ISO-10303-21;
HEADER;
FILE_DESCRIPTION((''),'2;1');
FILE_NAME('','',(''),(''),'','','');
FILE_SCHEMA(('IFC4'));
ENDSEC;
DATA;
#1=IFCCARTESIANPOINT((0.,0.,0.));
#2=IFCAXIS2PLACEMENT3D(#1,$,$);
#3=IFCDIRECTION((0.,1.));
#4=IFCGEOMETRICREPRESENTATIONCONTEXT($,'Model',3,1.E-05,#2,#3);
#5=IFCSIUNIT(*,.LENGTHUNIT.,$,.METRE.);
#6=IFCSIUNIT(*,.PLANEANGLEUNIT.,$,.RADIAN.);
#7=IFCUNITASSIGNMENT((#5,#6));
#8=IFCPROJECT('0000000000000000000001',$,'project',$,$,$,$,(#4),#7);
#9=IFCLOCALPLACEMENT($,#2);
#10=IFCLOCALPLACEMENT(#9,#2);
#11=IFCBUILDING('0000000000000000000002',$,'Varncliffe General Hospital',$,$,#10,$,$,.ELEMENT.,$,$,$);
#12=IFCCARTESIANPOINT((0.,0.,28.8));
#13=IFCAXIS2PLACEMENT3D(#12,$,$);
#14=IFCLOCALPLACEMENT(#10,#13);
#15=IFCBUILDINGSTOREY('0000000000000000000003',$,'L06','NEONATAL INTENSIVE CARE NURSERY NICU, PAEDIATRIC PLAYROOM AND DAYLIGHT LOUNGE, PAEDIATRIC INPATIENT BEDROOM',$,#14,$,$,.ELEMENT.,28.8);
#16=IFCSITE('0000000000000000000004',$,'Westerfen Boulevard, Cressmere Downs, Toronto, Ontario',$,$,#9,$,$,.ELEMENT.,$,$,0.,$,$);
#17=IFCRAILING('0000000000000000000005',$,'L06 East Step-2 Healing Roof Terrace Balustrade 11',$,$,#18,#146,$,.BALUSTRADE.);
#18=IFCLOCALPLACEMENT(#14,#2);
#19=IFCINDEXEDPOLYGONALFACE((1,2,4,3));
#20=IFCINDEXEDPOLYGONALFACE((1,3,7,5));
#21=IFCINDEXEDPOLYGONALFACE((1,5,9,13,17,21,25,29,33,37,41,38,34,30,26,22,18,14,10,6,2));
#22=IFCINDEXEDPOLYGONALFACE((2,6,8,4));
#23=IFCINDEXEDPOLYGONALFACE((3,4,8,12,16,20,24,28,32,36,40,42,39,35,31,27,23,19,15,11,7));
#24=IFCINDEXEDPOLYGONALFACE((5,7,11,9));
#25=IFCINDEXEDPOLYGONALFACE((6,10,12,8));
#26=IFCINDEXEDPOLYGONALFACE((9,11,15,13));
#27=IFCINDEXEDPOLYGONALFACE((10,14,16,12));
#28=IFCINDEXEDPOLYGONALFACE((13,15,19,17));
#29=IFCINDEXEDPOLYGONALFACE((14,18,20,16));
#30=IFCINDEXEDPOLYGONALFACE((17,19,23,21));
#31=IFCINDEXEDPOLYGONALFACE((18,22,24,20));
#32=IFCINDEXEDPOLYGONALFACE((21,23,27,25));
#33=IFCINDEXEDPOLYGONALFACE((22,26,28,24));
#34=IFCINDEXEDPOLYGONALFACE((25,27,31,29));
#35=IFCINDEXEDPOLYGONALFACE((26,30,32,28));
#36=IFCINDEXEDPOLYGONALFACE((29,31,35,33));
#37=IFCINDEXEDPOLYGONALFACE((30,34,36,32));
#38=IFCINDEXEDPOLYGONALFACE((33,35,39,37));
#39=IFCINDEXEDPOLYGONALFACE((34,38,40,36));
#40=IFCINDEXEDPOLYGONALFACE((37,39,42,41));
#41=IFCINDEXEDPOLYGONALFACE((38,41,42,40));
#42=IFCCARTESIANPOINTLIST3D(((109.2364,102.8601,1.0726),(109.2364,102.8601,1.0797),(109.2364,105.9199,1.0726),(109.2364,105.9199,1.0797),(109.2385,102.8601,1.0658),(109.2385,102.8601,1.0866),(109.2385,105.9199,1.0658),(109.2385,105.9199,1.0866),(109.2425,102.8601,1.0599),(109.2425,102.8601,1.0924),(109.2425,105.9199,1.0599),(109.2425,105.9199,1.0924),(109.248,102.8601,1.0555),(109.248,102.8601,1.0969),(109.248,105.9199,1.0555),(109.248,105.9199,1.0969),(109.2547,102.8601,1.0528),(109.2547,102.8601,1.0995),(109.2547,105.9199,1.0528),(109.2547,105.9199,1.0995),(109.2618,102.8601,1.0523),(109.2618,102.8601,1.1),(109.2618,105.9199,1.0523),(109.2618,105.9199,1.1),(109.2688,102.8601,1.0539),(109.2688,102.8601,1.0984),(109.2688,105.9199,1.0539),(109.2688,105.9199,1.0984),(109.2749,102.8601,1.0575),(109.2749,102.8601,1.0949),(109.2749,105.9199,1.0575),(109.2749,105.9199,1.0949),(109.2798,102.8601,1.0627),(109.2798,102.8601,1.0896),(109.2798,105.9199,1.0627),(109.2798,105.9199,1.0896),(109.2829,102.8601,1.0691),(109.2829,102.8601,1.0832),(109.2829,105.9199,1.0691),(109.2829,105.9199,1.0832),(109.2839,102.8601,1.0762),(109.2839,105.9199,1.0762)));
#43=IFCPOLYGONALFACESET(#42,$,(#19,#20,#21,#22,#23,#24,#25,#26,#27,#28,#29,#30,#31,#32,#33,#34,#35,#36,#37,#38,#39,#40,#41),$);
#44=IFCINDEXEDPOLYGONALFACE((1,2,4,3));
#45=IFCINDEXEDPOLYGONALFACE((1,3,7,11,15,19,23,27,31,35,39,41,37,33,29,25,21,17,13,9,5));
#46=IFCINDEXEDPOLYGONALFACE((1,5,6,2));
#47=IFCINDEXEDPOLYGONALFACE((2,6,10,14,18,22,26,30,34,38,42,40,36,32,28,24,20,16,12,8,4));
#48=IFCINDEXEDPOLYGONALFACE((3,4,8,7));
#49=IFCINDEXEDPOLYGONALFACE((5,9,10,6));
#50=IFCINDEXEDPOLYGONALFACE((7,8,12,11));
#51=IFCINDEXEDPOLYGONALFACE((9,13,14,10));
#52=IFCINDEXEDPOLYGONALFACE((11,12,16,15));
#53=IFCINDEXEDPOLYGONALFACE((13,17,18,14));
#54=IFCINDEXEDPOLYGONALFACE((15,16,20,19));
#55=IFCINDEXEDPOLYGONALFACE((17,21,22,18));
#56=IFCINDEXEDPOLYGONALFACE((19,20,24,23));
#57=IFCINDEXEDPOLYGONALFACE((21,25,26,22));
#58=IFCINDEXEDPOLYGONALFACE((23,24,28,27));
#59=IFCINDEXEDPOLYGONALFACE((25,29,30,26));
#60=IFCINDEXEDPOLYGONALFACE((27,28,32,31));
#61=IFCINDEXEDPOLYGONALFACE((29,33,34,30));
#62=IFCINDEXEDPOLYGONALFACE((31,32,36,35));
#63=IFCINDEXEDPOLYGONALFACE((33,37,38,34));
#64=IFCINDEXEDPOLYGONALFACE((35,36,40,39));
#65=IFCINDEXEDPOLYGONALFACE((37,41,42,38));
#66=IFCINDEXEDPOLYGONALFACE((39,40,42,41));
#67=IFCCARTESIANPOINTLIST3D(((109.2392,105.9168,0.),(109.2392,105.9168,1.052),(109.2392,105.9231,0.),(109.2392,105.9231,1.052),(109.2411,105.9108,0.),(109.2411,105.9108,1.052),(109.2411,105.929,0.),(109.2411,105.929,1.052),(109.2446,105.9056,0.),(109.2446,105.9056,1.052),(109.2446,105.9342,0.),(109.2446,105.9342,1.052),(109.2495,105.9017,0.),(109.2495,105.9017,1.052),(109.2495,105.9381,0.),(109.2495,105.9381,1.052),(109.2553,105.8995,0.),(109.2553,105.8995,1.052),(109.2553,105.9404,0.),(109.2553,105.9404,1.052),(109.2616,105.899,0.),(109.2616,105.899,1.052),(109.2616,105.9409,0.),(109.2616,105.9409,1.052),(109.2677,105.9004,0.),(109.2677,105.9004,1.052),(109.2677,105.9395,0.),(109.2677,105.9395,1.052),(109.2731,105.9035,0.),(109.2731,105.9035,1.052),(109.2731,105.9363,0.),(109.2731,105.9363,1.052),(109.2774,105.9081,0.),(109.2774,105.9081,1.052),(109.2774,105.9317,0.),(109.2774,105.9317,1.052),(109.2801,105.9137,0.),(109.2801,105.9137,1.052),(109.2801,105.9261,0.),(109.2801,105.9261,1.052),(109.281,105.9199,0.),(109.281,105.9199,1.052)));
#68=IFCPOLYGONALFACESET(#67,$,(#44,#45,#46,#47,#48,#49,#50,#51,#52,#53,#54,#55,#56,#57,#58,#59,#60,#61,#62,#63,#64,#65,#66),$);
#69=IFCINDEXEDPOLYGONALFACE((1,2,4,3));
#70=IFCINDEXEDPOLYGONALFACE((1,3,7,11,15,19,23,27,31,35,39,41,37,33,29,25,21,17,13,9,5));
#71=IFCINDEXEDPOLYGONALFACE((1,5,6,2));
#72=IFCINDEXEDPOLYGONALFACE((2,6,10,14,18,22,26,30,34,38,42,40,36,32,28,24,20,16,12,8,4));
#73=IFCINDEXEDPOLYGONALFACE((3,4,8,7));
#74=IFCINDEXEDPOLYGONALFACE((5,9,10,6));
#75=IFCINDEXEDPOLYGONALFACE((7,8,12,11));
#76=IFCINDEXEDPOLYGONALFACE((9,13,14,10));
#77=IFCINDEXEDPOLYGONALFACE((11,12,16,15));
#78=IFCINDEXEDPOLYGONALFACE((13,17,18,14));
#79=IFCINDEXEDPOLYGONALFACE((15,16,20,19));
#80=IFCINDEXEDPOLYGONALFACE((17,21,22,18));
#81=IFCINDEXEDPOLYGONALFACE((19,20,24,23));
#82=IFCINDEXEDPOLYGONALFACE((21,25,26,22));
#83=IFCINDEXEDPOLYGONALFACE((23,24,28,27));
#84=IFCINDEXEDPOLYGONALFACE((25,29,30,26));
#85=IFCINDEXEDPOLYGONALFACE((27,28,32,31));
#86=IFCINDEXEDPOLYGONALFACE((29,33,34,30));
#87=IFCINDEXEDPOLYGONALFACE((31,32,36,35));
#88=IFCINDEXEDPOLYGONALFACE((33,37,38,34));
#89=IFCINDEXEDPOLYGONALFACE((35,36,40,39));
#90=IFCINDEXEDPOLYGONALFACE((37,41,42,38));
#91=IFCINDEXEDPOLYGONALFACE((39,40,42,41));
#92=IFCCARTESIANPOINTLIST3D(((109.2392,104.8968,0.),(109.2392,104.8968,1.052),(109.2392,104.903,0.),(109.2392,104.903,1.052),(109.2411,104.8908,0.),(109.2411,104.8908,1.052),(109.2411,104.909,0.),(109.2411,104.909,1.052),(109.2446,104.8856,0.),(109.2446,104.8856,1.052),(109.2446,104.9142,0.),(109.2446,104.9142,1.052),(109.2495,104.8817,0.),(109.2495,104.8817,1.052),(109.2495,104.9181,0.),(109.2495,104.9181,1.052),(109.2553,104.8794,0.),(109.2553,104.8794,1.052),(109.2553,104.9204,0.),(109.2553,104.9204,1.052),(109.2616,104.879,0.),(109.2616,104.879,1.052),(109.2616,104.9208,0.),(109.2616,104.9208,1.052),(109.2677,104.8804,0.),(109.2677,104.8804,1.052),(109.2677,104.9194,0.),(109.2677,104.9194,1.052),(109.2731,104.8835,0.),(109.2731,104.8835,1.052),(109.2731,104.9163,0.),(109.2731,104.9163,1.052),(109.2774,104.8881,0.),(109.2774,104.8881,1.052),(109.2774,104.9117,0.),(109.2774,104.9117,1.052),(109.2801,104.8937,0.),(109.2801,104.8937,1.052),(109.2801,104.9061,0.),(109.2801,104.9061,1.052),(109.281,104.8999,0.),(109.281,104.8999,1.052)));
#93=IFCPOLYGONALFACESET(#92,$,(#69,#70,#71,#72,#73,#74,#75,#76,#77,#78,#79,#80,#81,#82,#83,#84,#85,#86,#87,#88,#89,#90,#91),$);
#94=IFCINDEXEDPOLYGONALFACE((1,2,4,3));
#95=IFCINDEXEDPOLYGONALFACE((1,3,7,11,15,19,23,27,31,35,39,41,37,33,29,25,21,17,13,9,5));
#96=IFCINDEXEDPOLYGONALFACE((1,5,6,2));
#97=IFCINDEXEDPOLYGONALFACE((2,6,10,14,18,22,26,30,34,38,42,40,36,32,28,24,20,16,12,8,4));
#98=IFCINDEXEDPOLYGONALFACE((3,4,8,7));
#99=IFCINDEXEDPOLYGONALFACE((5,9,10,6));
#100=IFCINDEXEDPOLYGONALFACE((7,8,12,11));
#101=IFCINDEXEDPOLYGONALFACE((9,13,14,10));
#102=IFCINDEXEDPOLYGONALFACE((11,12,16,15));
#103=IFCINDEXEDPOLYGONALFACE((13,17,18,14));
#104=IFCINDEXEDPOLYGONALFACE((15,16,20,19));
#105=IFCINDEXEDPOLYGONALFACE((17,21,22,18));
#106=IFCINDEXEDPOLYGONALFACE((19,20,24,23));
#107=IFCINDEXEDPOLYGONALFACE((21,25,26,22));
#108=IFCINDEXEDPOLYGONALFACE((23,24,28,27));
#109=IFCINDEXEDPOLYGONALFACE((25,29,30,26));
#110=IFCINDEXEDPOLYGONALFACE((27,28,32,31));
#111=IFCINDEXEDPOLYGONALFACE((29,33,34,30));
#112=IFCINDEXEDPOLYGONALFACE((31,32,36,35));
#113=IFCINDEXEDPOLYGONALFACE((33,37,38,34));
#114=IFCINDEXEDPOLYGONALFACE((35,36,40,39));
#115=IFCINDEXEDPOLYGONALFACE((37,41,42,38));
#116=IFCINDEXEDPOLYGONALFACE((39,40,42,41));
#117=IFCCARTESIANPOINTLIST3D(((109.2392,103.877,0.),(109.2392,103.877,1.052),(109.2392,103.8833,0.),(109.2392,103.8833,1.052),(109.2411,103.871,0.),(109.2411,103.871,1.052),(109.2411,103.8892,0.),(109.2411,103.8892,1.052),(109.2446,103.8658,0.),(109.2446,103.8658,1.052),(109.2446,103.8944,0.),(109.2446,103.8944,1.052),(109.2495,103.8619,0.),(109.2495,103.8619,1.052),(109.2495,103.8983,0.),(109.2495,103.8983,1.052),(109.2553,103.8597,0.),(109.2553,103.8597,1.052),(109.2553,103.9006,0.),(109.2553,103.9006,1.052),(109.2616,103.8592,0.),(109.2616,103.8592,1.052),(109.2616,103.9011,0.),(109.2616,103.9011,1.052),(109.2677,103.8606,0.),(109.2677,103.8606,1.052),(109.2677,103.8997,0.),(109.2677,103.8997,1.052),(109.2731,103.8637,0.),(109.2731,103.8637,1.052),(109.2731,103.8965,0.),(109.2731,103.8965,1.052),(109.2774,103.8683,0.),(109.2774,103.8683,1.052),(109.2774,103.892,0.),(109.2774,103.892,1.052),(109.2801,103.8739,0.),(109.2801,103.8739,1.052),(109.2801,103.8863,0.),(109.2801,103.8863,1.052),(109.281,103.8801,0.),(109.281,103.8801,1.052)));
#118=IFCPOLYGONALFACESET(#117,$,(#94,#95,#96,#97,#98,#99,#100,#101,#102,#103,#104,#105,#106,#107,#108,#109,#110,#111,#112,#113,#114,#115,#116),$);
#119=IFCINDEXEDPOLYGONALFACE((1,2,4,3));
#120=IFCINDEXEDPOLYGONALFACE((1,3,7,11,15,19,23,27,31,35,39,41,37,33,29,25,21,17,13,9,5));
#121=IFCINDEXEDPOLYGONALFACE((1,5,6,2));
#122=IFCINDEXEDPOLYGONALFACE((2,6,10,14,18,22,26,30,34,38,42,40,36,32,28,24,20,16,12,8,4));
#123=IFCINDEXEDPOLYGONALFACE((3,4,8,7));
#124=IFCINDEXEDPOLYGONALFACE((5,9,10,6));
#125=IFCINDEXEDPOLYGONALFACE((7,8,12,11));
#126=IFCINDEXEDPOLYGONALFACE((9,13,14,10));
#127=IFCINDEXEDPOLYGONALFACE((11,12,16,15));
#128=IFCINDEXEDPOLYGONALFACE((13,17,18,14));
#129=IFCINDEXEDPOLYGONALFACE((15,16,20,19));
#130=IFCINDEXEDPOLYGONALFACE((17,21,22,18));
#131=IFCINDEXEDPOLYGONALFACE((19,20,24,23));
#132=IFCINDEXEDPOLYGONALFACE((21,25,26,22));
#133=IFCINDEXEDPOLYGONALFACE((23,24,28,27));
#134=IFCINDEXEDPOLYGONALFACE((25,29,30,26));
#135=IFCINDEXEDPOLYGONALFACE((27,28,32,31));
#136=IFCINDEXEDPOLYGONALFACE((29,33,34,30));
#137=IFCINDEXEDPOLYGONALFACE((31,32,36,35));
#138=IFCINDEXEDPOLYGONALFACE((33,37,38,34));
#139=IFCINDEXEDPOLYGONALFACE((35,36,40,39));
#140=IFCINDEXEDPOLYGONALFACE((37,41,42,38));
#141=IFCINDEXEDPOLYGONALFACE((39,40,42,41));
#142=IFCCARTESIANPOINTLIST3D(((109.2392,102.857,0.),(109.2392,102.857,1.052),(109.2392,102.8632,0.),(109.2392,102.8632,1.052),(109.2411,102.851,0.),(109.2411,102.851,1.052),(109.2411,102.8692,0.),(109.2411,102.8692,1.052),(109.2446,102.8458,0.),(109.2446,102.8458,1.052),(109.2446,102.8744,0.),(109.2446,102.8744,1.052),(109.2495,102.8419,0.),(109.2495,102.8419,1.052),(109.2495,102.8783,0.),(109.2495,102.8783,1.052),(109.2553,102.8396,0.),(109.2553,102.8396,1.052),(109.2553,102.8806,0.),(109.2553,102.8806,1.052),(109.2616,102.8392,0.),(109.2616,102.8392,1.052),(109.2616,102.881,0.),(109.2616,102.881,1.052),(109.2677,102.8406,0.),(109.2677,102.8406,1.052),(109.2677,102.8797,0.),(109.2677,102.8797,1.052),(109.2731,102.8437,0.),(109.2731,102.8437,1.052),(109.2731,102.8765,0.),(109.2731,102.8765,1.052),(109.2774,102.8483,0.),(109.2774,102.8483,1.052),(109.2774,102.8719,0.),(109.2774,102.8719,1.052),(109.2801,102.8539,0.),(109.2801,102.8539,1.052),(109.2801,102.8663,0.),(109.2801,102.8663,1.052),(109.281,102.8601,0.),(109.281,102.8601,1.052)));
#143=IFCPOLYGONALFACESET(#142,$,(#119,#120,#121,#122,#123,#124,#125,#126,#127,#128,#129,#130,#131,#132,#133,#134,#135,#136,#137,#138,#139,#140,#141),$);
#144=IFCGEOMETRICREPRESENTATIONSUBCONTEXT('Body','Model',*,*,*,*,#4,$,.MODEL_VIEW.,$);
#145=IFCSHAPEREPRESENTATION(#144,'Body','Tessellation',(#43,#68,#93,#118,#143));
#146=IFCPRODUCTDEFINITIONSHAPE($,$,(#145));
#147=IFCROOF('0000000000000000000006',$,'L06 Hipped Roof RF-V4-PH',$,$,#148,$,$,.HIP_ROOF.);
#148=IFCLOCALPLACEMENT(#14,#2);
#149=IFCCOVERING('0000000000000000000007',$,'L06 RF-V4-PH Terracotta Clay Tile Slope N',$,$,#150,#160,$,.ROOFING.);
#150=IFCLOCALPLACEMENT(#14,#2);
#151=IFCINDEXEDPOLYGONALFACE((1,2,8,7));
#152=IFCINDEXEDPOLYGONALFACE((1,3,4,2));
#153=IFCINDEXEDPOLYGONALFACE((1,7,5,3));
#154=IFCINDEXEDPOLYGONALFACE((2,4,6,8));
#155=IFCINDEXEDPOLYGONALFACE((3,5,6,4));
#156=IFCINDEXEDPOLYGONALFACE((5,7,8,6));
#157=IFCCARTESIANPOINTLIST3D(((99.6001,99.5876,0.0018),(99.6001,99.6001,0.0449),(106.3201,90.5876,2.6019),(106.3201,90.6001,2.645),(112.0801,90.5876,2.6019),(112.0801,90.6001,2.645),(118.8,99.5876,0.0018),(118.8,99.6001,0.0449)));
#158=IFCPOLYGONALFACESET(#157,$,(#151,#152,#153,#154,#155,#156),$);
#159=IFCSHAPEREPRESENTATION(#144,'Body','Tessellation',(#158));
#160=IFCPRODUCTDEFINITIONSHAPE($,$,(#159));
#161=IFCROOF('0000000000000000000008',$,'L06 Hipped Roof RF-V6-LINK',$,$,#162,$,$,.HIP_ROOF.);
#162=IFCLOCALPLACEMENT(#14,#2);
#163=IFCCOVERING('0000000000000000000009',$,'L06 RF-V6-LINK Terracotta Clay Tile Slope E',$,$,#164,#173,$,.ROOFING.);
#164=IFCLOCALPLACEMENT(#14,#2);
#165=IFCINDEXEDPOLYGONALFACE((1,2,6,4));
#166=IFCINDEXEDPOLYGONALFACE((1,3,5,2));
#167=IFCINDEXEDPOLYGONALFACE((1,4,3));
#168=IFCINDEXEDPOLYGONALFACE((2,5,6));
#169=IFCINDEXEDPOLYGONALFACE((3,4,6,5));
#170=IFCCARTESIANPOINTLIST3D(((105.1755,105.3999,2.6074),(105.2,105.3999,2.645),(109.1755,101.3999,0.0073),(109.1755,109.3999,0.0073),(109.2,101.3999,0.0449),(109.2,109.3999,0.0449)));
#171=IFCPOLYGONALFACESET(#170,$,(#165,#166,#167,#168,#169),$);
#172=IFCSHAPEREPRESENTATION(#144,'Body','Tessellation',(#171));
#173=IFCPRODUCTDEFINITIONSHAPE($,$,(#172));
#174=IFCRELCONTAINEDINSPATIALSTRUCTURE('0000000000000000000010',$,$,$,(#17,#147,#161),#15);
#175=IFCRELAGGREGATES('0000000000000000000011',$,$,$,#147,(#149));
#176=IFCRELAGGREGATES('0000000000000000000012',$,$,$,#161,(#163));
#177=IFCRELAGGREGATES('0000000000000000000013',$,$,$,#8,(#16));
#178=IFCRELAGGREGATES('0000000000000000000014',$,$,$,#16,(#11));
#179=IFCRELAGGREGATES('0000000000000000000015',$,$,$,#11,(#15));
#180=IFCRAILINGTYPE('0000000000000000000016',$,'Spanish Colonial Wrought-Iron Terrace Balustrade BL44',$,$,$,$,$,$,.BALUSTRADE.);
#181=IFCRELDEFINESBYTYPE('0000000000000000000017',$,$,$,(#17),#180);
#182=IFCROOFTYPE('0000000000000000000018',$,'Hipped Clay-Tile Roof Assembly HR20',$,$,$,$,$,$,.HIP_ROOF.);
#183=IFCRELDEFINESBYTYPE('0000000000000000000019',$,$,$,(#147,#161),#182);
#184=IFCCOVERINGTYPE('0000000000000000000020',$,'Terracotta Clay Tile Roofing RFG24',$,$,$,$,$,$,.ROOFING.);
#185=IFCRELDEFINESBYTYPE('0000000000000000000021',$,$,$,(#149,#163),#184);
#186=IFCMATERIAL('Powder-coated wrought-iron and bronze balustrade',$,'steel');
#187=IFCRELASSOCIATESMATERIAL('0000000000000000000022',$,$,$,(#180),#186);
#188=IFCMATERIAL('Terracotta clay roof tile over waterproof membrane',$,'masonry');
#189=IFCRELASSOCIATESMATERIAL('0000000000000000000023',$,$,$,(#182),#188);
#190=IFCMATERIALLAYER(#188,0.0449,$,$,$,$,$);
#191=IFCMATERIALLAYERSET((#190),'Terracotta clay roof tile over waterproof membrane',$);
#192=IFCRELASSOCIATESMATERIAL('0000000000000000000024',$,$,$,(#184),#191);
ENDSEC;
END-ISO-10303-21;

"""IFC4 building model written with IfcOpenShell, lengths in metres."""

from ifc_helpers import new_model, si_unit, direction, frame, origin, origin_2d, place, context, subcontext, project, spatial, polyline, circle, outline, extrude, material, layer, layer_set, type_object, element, aggregate, save


model = new_model("IFC4")

# Units and contexts
model_context = context("Model", 3, precision=1e-05, world=origin(), true_north=direction((0.0, 1.0)))
body_context = subcontext(model_context, "Body", "Model", "MODEL_VIEW")
ifc_project = project(units=[si_unit("LENGTHUNIT", "METRE"), si_unit("PLANEANGLEUNIT", "RADIAN")], contexts=[model_context])

# Site, building, storey
site_placement = place(None, origin())
site = spatial("IfcSite", under=ifc_project, at=site_placement, Name="Westerfen Boulevard, Cressmere Downs, Toronto, Ontario", CompositionType="ELEMENT", RefElevation=0.0)
building_placement = place(site_placement, origin())
building = spatial("IfcBuilding", under=site, at=building_placement, Name="Varncliffe General Hospital", CompositionType="ELEMENT")
storey_placement = place(building_placement, frame((0.0, 0.0, 28.8)))
storey = spatial("IfcBuildingStorey", under=building, at=storey_placement, Name="L06", Description="NEONATAL INTENSIVE CARE NURSERY NICU, PAEDIATRIC PLAYROOM AND DAYLIGHT LOUNGE, PAEDIATRIC INPATIENT BEDROOM", CompositionType="ELEMENT", Elevation=28.8)

# Railing
ifc_material_1 = material(Name="Powder-coated wrought-iron and bronze balustrade", Category="steel")
railing_type = type_object("IfcRailingType", Name="Spanish Colonial Wrought-Iron Terrace Balustrade BL44", PredefinedType="BALUSTRADE", material=ifc_material_1)
railing_1_placement = place(storey_placement, frame((109.26, 105.9199, 0.0)))
element("IfcRailing", 1, at=railing_1_placement, inside=storey, type_object=railing_type, Name="L06 East Step-2 Healing Roof Terrace Balustrade 11", PredefinedType="BALUSTRADE", context=body_context, shape_type="SweptSolid", body=[
    extrude(circle(Radius=0.0239, at=origin_2d()), frame((0.0, 0.0, 1.0762), z_axis=(0.0, -1.0, 0.0), x_axis=(1.0, 0.0, 0.0)), (0.0, 0.0, 1.0), 3.0598),
    extrude(circle(Radius=0.021, at=origin_2d()), origin(), (0.0, 0.0, 1.0), 1.052),
    extrude(circle(Radius=0.021, at=origin_2d()), frame((0.0, -1.02, 0.0)), (0.0, 0.0, 1.0), 1.052),
    extrude(circle(Radius=0.021, at=origin_2d()), frame((0.0, -2.0398, 0.0)), (0.0, 0.0, 1.0), 1.052),
    extrude(circle(Radius=0.021, at=origin_2d()), frame((0.0, -3.0598, 0.0)), (0.0, 0.0, 1.0), 1.052),
])

# Roofs, coverings
ifc_material_2 = material(Name="Terracotta clay roof tile over waterproof membrane", Category="masonry")
roof_type = type_object("IfcRoofType", Name="Hipped Clay-Tile Roof Assembly HR20", PredefinedType="HIP_ROOF", material=ifc_material_2)
roof_1_placement = place(storey_placement, origin())
roof_1 = element("IfcRoof", 2, at=roof_1_placement, inside=storey, type_object=roof_type, Name="L06 Hipped Roof RF-V4-PH", PredefinedType="HIP_ROOF")
ifc_layer_1 = layer(ifc_material_2, 0.0449)
ifc_layer_set_1 = layer_set([ifc_layer_1], Name="Terracotta clay roof tile over waterproof membrane")
covering_type = type_object("IfcCoveringType", Name="Terracotta Clay Tile Roofing RFG24", PredefinedType="ROOFING", material=ifc_layer_set_1)
covering_1_placement = place(storey_placement, frame((118.8, 99.6001, 0.0449), z_axis=(0.0, 0.277549, 0.960711), x_axis=(-1.0, 0.0, 0.0)))
covering_1 = element("IfcCovering", 3, at=covering_1_placement, type_object=covering_type, Name="L06 RF-V4-PH Terracotta Clay Tile Slope N", PredefinedType="ROOFING", context=body_context, shape_type="SweptSolid", body=[
    extrude(outline(polyline([(0.0, 0.0), (19.2, 0.0), (12.48, 9.3681), (6.72, 9.3681), (0.0, 0.0)])), origin(), (0.0, 0.0, -1.0), 0.0449),
])
aggregate(roof_1, [covering_1])
roof_2_placement = place(storey_placement, origin())
roof_2 = element("IfcRoof", 4, at=roof_2_placement, inside=storey, type_object=roof_type, Name="L06 Hipped Roof RF-V6-LINK", PredefinedType="HIP_ROOF")
covering_2_placement = place(storey_placement, frame((109.2, 101.3999, 0.0449), z_axis=(0.545003, 0.0, 0.838434), x_axis=(0.0, 1.0, 0.0)))
covering_2 = element("IfcCovering", 5, at=covering_2_placement, type_object=covering_type, Name="L06 RF-V6-LINK Terracotta Clay Tile Slope E", PredefinedType="ROOFING", context=body_context, shape_type="SweptSolid", body=[
    extrude(outline(polyline([(0.0, 0.0), (8.0, 0.0), (4.0, 4.7708), (0.0, 0.0)])), origin(), (0.0, 0.0, -1.0), 0.0449),
])
aggregate(roof_2, [covering_2])

save(model, "model.ifc")
